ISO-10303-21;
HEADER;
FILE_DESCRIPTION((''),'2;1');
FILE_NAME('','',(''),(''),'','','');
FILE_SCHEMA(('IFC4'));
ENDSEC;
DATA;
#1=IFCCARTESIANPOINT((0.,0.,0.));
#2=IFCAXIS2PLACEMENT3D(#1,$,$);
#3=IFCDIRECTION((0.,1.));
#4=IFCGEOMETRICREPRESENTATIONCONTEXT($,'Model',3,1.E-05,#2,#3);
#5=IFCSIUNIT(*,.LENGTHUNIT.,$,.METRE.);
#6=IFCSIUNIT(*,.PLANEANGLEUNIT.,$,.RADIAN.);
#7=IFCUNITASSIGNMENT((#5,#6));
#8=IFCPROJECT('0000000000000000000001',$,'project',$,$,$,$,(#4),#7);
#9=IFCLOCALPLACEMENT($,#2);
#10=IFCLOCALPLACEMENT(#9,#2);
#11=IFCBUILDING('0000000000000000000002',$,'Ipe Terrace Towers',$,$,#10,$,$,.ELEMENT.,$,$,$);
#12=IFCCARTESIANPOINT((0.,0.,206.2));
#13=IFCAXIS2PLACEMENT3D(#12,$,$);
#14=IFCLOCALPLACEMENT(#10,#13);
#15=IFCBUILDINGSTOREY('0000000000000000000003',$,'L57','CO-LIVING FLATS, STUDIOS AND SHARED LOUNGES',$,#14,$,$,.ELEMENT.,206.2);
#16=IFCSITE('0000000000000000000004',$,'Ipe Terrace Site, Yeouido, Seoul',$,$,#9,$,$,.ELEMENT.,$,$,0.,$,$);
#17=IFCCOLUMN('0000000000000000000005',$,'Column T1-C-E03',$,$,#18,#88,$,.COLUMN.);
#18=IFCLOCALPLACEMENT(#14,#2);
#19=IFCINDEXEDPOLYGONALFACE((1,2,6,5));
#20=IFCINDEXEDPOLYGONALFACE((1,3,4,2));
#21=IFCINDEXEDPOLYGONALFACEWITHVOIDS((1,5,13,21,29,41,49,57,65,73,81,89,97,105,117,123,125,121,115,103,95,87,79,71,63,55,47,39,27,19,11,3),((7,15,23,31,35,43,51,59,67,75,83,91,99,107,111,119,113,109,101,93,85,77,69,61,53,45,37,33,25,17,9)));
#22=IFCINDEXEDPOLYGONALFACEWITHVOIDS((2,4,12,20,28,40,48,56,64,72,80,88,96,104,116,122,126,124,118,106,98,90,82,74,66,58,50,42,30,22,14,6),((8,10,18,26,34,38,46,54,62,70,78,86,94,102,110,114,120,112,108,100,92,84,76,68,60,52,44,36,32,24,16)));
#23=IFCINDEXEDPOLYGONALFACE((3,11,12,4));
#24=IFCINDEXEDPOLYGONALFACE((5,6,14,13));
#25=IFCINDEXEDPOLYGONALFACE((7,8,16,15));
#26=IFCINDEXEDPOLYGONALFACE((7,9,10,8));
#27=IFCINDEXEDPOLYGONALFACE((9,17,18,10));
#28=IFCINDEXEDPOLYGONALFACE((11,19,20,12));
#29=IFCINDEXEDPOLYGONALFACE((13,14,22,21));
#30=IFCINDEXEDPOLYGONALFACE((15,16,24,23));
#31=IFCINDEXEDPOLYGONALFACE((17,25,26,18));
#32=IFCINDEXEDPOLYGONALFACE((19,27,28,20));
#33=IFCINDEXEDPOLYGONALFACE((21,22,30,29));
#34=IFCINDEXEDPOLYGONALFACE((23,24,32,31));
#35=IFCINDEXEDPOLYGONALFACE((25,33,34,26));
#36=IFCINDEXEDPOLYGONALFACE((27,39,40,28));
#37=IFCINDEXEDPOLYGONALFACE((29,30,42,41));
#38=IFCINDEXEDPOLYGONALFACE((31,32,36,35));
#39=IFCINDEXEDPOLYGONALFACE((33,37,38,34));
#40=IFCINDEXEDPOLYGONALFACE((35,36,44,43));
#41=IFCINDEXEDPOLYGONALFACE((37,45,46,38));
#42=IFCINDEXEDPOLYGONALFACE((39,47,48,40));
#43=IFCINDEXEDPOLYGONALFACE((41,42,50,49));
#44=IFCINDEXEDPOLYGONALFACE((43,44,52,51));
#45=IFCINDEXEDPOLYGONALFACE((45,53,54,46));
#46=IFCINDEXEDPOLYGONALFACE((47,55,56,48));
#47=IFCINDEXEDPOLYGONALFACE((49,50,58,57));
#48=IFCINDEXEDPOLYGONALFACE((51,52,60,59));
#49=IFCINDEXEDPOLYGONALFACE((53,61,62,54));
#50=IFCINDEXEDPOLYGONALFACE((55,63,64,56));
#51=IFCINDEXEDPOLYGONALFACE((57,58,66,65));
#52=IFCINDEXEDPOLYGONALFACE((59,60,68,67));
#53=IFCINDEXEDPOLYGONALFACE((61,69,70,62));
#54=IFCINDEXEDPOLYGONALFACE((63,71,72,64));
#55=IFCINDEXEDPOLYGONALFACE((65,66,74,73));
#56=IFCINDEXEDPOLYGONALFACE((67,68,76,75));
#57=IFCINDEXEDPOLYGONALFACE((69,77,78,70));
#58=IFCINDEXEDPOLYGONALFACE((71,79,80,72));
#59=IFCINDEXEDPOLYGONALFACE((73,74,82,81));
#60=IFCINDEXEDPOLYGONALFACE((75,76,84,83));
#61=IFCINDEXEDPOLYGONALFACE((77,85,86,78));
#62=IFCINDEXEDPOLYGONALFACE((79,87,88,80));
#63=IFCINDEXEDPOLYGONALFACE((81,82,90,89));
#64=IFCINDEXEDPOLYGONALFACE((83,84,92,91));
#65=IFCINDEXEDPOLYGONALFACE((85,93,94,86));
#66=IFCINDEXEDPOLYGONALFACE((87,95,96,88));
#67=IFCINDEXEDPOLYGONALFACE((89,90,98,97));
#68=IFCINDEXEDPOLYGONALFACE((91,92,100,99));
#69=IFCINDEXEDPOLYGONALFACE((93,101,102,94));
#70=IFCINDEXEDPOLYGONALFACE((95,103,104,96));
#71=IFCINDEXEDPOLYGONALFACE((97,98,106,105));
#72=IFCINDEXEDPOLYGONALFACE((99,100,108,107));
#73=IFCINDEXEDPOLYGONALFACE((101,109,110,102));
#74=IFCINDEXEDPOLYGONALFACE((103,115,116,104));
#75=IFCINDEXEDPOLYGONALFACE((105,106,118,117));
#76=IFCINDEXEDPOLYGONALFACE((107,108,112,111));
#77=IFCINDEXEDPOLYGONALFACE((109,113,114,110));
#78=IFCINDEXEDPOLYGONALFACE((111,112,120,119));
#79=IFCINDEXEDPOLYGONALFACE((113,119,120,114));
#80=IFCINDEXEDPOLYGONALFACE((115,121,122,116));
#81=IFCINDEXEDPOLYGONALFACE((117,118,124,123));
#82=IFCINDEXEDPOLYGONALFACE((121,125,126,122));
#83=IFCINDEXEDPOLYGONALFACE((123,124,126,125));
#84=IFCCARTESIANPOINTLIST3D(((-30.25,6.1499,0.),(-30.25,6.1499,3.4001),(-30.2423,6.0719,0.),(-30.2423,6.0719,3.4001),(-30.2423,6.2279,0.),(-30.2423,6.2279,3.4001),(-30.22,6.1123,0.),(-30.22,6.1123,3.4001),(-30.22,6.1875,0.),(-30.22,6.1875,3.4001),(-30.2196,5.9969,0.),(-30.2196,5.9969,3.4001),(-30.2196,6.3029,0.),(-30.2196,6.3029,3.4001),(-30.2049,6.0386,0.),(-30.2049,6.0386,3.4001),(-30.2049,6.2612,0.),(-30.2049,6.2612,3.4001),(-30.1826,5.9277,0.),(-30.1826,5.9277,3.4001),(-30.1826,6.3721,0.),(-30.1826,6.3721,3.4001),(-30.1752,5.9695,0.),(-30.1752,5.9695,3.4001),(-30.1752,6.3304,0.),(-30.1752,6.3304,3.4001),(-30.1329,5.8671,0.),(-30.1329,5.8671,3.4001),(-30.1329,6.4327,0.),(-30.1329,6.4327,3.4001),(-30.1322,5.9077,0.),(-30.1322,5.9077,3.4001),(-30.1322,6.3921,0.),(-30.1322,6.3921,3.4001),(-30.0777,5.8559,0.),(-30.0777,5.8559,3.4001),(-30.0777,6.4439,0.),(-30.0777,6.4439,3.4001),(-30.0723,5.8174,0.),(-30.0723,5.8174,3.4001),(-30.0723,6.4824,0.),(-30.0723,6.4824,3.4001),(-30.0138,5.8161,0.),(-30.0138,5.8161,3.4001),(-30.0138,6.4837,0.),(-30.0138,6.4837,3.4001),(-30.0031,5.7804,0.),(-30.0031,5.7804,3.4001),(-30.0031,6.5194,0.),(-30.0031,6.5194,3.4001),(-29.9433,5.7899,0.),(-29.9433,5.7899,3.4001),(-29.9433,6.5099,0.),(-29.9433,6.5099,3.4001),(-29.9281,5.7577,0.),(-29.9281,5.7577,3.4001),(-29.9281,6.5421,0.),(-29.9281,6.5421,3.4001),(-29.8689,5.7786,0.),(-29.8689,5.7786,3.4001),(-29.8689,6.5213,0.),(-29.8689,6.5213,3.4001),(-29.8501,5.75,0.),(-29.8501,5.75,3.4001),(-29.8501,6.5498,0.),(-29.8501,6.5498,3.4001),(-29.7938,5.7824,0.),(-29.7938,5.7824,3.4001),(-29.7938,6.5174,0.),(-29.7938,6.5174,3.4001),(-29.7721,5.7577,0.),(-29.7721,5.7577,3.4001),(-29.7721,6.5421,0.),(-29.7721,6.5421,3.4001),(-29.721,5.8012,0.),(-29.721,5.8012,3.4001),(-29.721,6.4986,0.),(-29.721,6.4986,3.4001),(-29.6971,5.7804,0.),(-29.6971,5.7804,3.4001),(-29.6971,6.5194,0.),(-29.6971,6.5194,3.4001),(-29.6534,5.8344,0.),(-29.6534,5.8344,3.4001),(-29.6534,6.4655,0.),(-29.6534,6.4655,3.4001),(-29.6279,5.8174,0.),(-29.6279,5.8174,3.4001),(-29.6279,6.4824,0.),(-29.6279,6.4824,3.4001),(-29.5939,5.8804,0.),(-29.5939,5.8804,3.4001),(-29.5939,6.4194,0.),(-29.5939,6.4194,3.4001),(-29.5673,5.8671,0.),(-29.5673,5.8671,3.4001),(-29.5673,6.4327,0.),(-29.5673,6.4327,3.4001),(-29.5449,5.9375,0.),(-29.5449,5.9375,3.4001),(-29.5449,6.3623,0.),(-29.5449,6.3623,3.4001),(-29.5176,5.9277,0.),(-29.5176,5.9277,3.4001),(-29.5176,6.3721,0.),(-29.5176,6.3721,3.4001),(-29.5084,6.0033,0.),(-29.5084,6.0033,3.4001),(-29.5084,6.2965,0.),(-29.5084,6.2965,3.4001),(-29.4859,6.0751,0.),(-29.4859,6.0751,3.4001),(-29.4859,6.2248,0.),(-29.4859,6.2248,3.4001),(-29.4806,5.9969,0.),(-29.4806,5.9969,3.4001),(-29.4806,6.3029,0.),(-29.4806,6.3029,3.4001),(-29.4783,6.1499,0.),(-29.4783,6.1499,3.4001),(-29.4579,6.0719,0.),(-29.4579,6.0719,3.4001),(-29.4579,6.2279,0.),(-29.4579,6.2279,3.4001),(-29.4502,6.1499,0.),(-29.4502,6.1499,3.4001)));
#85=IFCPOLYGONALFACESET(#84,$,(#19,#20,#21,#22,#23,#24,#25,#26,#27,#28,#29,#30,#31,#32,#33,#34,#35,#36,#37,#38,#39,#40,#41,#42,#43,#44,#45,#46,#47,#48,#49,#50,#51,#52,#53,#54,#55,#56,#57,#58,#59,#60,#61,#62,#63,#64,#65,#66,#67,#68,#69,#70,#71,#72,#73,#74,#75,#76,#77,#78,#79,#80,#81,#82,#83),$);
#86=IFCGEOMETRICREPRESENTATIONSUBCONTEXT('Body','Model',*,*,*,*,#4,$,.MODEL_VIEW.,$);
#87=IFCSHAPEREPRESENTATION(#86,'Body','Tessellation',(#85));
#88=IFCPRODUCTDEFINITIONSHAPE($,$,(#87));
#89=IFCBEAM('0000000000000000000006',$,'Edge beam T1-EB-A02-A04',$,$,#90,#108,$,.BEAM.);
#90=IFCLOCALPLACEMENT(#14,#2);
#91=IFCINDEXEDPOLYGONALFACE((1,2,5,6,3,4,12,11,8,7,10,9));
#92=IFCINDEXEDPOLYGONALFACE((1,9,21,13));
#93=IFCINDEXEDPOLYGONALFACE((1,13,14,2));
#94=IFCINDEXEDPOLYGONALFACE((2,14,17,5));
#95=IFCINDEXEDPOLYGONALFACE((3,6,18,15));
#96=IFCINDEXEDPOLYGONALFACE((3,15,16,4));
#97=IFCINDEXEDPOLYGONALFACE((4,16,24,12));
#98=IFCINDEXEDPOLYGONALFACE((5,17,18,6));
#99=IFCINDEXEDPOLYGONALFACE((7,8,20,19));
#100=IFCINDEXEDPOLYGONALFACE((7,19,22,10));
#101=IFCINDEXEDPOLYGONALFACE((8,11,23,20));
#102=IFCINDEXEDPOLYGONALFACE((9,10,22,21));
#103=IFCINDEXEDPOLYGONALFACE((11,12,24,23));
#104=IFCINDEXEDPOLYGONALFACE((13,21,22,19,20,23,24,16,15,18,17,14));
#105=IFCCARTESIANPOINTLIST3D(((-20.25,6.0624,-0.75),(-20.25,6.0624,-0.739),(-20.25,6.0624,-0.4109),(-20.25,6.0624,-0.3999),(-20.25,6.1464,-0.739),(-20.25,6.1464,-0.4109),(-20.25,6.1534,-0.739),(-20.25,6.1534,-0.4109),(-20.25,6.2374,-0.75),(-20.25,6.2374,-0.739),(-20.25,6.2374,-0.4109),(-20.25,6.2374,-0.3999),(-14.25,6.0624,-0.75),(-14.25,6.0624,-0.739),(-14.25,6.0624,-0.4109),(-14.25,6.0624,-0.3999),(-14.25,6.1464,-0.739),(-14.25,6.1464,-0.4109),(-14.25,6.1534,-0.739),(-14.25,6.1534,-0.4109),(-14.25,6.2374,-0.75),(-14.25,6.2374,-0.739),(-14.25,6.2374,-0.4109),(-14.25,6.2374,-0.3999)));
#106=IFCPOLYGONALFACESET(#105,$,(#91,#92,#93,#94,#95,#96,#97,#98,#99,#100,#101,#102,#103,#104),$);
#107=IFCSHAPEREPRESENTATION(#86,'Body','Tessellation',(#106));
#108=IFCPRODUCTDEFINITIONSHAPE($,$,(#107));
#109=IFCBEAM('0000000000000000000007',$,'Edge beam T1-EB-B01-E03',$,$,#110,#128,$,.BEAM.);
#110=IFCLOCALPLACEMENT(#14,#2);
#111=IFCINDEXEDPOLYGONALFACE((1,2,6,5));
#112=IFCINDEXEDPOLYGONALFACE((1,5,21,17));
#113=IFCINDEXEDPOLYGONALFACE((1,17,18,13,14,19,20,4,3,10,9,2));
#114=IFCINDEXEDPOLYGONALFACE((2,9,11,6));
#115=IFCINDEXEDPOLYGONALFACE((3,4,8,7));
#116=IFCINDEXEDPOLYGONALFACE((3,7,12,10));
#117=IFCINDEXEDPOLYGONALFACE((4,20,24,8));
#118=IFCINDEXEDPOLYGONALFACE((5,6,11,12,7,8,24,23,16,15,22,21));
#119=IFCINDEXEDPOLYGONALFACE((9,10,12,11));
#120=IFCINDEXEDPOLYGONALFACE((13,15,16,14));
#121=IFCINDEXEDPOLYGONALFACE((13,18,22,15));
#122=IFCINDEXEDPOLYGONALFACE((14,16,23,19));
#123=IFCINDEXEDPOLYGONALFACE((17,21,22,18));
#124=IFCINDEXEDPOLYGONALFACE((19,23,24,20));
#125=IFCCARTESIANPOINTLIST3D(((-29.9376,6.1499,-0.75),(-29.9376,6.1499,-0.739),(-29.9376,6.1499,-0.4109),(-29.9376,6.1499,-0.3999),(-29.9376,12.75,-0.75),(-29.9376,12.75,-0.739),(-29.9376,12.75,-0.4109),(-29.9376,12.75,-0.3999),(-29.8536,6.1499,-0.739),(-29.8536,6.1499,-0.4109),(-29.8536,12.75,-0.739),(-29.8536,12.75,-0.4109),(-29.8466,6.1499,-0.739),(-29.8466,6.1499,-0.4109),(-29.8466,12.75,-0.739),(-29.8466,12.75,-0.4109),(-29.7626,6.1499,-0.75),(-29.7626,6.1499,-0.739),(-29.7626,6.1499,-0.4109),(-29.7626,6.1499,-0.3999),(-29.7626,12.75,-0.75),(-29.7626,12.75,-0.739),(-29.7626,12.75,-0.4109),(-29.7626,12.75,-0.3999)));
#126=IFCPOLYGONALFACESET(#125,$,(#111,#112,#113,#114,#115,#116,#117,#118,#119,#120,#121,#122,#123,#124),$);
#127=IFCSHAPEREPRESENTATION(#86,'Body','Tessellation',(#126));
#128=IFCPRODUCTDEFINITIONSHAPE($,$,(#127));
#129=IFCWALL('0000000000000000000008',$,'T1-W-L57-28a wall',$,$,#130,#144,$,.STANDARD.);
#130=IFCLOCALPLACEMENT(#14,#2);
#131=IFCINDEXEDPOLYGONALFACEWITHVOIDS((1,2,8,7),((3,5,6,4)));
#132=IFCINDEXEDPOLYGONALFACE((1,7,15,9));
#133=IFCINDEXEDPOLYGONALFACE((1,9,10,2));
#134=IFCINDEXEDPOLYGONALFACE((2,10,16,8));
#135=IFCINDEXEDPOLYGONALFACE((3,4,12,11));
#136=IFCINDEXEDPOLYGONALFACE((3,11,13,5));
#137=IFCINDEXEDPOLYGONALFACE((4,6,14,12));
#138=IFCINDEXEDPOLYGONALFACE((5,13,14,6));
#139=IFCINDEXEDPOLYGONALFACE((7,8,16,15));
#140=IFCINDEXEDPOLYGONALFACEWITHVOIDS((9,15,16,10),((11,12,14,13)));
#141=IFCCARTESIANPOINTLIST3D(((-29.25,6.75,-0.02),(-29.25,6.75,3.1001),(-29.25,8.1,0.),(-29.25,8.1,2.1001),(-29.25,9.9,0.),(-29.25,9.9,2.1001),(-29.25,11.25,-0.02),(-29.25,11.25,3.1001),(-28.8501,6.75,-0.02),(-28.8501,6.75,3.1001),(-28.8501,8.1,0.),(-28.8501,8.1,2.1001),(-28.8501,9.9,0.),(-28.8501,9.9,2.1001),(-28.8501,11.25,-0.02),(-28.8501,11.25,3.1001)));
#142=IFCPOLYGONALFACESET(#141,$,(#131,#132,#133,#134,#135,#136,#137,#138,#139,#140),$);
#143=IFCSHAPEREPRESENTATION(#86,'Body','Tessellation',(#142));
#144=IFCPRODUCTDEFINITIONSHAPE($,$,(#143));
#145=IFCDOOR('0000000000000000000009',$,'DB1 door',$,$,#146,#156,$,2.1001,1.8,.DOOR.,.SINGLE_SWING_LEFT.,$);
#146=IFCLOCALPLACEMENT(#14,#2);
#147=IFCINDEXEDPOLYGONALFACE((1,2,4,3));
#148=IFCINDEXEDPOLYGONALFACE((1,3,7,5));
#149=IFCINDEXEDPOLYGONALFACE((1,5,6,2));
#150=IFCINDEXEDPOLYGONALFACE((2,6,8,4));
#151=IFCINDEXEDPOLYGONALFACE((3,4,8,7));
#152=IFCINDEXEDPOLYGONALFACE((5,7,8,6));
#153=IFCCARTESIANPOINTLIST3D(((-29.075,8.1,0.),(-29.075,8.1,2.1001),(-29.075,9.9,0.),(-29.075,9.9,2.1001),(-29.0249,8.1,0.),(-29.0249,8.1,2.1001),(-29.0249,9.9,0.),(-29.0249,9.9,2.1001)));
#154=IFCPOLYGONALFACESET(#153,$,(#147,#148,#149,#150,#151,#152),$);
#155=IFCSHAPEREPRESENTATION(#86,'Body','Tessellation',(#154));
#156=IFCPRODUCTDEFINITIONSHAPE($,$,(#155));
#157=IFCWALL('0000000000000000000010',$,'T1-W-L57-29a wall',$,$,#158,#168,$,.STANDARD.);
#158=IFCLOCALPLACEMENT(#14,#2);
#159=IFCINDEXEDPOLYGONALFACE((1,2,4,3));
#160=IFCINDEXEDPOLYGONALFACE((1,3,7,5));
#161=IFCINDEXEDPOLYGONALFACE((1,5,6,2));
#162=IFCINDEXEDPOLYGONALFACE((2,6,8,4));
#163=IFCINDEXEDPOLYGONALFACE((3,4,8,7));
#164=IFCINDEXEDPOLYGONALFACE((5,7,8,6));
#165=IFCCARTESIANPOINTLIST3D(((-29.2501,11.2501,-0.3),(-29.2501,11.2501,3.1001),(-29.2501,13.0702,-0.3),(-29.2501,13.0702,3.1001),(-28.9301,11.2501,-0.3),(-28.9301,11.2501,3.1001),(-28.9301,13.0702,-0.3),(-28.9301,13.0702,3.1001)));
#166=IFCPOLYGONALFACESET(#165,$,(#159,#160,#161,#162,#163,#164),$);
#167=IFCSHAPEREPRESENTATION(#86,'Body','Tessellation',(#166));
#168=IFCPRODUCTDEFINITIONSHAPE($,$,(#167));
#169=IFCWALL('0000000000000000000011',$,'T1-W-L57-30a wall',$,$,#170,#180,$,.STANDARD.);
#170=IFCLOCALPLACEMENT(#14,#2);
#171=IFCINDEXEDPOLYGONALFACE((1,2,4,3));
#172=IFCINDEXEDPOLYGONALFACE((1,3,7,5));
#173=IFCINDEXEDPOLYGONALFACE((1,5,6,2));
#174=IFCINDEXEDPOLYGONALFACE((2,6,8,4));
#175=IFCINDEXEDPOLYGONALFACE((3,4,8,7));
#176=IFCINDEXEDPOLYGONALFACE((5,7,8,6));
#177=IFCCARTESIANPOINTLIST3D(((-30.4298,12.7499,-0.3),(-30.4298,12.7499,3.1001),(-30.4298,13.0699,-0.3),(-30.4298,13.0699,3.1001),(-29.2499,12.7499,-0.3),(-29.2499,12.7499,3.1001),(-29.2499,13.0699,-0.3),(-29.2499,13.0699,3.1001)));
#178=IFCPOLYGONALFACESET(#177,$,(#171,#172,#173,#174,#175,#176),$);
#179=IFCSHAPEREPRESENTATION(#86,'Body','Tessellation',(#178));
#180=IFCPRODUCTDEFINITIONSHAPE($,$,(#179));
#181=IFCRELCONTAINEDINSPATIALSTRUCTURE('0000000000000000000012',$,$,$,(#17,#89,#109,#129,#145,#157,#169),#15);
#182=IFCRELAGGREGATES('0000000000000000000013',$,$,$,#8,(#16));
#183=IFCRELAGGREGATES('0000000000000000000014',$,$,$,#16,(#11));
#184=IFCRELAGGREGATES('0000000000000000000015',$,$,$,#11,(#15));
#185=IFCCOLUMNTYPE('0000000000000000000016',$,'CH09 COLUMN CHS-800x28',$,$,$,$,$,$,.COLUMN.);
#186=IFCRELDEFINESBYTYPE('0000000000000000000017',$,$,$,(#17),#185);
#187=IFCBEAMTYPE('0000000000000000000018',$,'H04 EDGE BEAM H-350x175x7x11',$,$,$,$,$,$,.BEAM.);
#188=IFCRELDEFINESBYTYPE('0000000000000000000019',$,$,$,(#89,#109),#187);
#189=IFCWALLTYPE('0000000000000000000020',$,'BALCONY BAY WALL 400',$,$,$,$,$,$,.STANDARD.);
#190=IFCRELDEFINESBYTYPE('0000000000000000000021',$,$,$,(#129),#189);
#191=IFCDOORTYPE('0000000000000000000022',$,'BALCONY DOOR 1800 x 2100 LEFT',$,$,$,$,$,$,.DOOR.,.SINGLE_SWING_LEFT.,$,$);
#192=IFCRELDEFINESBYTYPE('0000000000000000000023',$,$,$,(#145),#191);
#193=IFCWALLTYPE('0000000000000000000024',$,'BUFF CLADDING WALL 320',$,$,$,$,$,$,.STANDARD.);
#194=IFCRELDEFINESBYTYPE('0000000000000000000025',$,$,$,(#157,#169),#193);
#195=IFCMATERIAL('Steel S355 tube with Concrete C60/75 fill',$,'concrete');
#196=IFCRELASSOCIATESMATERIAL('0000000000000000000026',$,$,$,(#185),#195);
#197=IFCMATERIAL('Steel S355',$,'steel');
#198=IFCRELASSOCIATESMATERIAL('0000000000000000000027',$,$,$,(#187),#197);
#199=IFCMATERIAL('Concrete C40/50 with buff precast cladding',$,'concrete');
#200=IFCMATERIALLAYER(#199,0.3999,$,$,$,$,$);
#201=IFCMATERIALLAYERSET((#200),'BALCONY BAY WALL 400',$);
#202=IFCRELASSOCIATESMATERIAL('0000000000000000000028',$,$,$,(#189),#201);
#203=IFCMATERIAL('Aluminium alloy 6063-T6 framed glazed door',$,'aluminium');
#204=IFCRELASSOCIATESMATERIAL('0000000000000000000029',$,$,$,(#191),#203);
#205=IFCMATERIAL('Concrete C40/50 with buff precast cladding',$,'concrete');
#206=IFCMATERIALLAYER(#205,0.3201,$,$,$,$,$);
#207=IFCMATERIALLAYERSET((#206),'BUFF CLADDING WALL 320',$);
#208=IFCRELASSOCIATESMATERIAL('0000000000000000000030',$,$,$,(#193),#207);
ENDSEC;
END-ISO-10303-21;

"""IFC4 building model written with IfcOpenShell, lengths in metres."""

from ifc_helpers import new_model, si_unit, direction, frame, frame_2d, origin, origin_2d, place, context, subcontext, project, spatial, rectangle, hollow_circle, i_section, extrude, material, layer, layer_set, material_profile, profile_set, type_object, element, fill, save


model = new_model("IFC4")

# Units and contexts
model_context = context("Model", 3, precision=1e-05, world=origin(), true_north=direction((0.0, 1.0)))
body_context = subcontext(model_context, "Body", "Model", "MODEL_VIEW")
ifc_project = project(units=[si_unit("LENGTHUNIT", "METRE"), si_unit("PLANEANGLEUNIT", "RADIAN")], contexts=[model_context])

# Site, building, storey
site_placement = place(None, origin())
site = spatial("IfcSite", under=ifc_project, at=site_placement, Name="Ipe Terrace Site, Yeouido, Seoul", CompositionType="ELEMENT", RefElevation=0.0)
building_placement = place(site_placement, origin())
building = spatial("IfcBuilding", under=site, at=building_placement, Name="Ipe Terrace Towers", CompositionType="ELEMENT")
storey_placement = place(building_placement, frame((0.0, 0.0, 206.2)))
storey = spatial("IfcBuildingStorey", under=building, at=storey_placement, Name="L57", Description="CO-LIVING FLATS, STUDIOS AND SHARED LOUNGES", CompositionType="ELEMENT", Elevation=206.2)

# Column
ifc_material_1 = material(Name="Steel S355 tube with Concrete C60/75 fill", Category="concrete")
ifc_material_profile_1 = material_profile(ifc_material_1, hollow_circle(Radius=0.3999, WallThickness=0.0281, at=origin_2d()), Name="CHS-800x28")
ifc_profile_set_1 = profile_set([ifc_material_profile_1], Name="Steel S355 tube with Concrete C60/75 fill")
column_type_1 = type_object("IfcColumnType", Name="CH09 COLUMN CHS-800x28", PredefinedType="COLUMN", material=ifc_profile_set_1)
column_placement = place(storey_placement, frame((-29.8501, 6.1499, 0.0), z_axis=(0.0, 0.0, 1.0), x_axis=(1.0, 0.0, 0.0)))
element("IfcColumn", 1, at=column_placement, inside=storey, type_object=column_type_1, Name="Column T1-C-E03", PredefinedType="COLUMN", context=body_context, shape_type="SweptSolid", body=[
    extrude(hollow_circle(Radius=0.3999, WallThickness=0.0281, at=origin_2d()), origin(), (0.0, 0.0, 1.0), 3.4001),
])

# Beams
ifc_material_2 = material(Name="Steel S355", Category="steel")
ifc_material_profile_2 = material_profile(ifc_material_2, i_section(OverallWidth=0.175, OverallDepth=0.3501, WebThickness=0.0071, FlangeThickness=0.011, at=origin_2d()), Name="H-350x175x7x11")
ifc_profile_set_2 = profile_set([ifc_material_profile_2], Name="Steel S355")
beam_type = type_object("IfcBeamType", Name="H04 EDGE BEAM H-350x175x7x11", PredefinedType="BEAM", material=ifc_profile_set_2)
beam_1_placement = place(storey_placement, frame((-20.25, 6.1499, -0.575), z_axis=(1.0, 0.0, 0.0), x_axis=(0.0, 1.0, 0.0)))
element("IfcBeam", 2, at=beam_1_placement, inside=storey, type_object=beam_type, Name="Edge beam T1-EB-A02-A04", PredefinedType="BEAM", context=body_context, shape_type="SweptSolid", body=[
    extrude(i_section(OverallWidth=0.175, OverallDepth=0.3501, WebThickness=0.0071, FlangeThickness=0.011, at=origin_2d()), origin(), (0.0, 0.0, 1.0), 6.0),
])
beam_2_placement = place(storey_placement, frame((-29.8501, 12.75, -0.575), z_axis=(0.0, -1.0, 0.0), x_axis=(1.0, 0.0, 0.0)))
element("IfcBeam", 3, at=beam_2_placement, inside=storey, type_object=beam_type, Name="Edge beam T1-EB-B01-E03", PredefinedType="BEAM", context=body_context, shape_type="SweptSolid", body=[
    extrude(i_section(OverallWidth=0.175, OverallDepth=0.3501, WebThickness=0.0071, FlangeThickness=0.011, at=origin_2d()), origin(), (0.0, 0.0, 1.0), 6.6001),
])

# Wall, opening, door
ifc_material_3 = material(Name="Concrete C40/50 with buff precast cladding", Category="concrete")
ifc_layer_1 = layer(ifc_material_3, 0.3999)
ifc_layer_set_1 = layer_set([ifc_layer_1], Name="BALCONY BAY WALL 400")
wall_type_1 = type_object("IfcWallType", Name="BALCONY BAY WALL 400", PredefinedType="STANDARD", material=ifc_layer_set_1)
wall_1_placement = place(storey_placement, frame((-29.05, 6.75, -0.02), z_axis=(0.0, 0.0, 1.0), x_axis=(0.0, 1.0, 0.0)))
wall_1 = element("IfcWall", 4, at=wall_1_placement, inside=storey, type_object=wall_type_1, Name="T1-W-L57-28a wall", PredefinedType="STANDARD", context=body_context, shape_type="SweptSolid", body=[
    extrude(rectangle(XDim=4.5, YDim=0.3999, at=frame_2d((2.25, 0.0))), origin(), (0.0, 0.0, 1.0), 3.1201),
])
opening_1_placement = place(wall_1_placement, frame((1.3501, 0.0, 0.02)))
opening_1 = element("IfcOpeningElement", 5, at=opening_1_placement, cuts=wall_1, PredefinedType="OPENING", context=body_context, shape_type="SweptSolid", body=[
    extrude(rectangle(XDim=1.8, YDim=2.1001, at=frame_2d((0.8999, 1.05))), frame((0.0, 0.21, 0.0), z_axis=(0.0, -1.0, 0.0), x_axis=(1.0, 0.0, 0.0)), (0.0, 0.0, 1.0), 0.4199),
])
ifc_material_4 = material(Name="Aluminium alloy 6063-T6 framed glazed door", Category="aluminium")
door_type_1 = type_object("IfcDoorType", Name="BALCONY DOOR 1800 x 2100 LEFT", OperationType="SINGLE_SWING_LEFT", PredefinedType="DOOR", material=ifc_material_4)
door_1_placement = place(opening_1_placement, origin())
door_1 = element("IfcDoor", 6, at=door_1_placement, inside=storey, type_object=door_type_1, Name="DB1 door", OperationType="SINGLE_SWING_LEFT", OverallHeight=2.1001, OverallWidth=1.8, PredefinedType="DOOR", context=body_context, shape_type="SweptSolid", body=[
    extrude(rectangle(XDim=1.8, YDim=2.1001, at=frame_2d((0.8999, 1.05))), frame((0.0, 0.0249, 0.0), z_axis=(0.0, -1.0, 0.0), x_axis=(1.0, 0.0, 0.0)), (0.0, 0.0, 1.0), 0.05),
])
fill(opening_1, door_1)

# Walls
ifc_material_5 = material(Name="Concrete C40/50 with buff precast cladding", Category="concrete")
ifc_layer_2 = layer(ifc_material_5, 0.3201)
ifc_layer_set_2 = layer_set([ifc_layer_2], Name="BUFF CLADDING WALL 320")
wall_type_2 = type_object("IfcWallType", Name="BUFF CLADDING WALL 320", PredefinedType="STANDARD", material=ifc_layer_set_2)
wall_2_placement = place(storey_placement, frame((-29.0901, 11.25, -0.3), z_axis=(0.0, 0.0, 1.0), x_axis=(0.0, 1.0, 0.0)))
element("IfcWall", 7, at=wall_2_placement, inside=storey, type_object=wall_type_2, Name="T1-W-L57-29a wall", PredefinedType="STANDARD", context=body_context, shape_type="SweptSolid", body=[
    extrude(rectangle(XDim=1.8201, YDim=0.3201, at=frame_2d((0.9102, 0.0))), origin(), (0.0, 0.0, 1.0), 3.4001),
])
wall_3_placement = place(storey_placement, frame((-29.25, 12.9099, -0.3), z_axis=(0.0, 0.0, 1.0), x_axis=(-1.0, 0.0, 0.0)))
element("IfcWall", 8, at=wall_3_placement, inside=storey, type_object=wall_type_2, Name="T1-W-L57-30a wall", PredefinedType="STANDARD", context=body_context, shape_type="SweptSolid", body=[
    extrude(rectangle(XDim=1.1799, YDim=0.3201, at=frame_2d((0.5898, 0.0))), origin(), (0.0, 0.0, 1.0), 3.4001),
])

save(model, "model.ifc")
